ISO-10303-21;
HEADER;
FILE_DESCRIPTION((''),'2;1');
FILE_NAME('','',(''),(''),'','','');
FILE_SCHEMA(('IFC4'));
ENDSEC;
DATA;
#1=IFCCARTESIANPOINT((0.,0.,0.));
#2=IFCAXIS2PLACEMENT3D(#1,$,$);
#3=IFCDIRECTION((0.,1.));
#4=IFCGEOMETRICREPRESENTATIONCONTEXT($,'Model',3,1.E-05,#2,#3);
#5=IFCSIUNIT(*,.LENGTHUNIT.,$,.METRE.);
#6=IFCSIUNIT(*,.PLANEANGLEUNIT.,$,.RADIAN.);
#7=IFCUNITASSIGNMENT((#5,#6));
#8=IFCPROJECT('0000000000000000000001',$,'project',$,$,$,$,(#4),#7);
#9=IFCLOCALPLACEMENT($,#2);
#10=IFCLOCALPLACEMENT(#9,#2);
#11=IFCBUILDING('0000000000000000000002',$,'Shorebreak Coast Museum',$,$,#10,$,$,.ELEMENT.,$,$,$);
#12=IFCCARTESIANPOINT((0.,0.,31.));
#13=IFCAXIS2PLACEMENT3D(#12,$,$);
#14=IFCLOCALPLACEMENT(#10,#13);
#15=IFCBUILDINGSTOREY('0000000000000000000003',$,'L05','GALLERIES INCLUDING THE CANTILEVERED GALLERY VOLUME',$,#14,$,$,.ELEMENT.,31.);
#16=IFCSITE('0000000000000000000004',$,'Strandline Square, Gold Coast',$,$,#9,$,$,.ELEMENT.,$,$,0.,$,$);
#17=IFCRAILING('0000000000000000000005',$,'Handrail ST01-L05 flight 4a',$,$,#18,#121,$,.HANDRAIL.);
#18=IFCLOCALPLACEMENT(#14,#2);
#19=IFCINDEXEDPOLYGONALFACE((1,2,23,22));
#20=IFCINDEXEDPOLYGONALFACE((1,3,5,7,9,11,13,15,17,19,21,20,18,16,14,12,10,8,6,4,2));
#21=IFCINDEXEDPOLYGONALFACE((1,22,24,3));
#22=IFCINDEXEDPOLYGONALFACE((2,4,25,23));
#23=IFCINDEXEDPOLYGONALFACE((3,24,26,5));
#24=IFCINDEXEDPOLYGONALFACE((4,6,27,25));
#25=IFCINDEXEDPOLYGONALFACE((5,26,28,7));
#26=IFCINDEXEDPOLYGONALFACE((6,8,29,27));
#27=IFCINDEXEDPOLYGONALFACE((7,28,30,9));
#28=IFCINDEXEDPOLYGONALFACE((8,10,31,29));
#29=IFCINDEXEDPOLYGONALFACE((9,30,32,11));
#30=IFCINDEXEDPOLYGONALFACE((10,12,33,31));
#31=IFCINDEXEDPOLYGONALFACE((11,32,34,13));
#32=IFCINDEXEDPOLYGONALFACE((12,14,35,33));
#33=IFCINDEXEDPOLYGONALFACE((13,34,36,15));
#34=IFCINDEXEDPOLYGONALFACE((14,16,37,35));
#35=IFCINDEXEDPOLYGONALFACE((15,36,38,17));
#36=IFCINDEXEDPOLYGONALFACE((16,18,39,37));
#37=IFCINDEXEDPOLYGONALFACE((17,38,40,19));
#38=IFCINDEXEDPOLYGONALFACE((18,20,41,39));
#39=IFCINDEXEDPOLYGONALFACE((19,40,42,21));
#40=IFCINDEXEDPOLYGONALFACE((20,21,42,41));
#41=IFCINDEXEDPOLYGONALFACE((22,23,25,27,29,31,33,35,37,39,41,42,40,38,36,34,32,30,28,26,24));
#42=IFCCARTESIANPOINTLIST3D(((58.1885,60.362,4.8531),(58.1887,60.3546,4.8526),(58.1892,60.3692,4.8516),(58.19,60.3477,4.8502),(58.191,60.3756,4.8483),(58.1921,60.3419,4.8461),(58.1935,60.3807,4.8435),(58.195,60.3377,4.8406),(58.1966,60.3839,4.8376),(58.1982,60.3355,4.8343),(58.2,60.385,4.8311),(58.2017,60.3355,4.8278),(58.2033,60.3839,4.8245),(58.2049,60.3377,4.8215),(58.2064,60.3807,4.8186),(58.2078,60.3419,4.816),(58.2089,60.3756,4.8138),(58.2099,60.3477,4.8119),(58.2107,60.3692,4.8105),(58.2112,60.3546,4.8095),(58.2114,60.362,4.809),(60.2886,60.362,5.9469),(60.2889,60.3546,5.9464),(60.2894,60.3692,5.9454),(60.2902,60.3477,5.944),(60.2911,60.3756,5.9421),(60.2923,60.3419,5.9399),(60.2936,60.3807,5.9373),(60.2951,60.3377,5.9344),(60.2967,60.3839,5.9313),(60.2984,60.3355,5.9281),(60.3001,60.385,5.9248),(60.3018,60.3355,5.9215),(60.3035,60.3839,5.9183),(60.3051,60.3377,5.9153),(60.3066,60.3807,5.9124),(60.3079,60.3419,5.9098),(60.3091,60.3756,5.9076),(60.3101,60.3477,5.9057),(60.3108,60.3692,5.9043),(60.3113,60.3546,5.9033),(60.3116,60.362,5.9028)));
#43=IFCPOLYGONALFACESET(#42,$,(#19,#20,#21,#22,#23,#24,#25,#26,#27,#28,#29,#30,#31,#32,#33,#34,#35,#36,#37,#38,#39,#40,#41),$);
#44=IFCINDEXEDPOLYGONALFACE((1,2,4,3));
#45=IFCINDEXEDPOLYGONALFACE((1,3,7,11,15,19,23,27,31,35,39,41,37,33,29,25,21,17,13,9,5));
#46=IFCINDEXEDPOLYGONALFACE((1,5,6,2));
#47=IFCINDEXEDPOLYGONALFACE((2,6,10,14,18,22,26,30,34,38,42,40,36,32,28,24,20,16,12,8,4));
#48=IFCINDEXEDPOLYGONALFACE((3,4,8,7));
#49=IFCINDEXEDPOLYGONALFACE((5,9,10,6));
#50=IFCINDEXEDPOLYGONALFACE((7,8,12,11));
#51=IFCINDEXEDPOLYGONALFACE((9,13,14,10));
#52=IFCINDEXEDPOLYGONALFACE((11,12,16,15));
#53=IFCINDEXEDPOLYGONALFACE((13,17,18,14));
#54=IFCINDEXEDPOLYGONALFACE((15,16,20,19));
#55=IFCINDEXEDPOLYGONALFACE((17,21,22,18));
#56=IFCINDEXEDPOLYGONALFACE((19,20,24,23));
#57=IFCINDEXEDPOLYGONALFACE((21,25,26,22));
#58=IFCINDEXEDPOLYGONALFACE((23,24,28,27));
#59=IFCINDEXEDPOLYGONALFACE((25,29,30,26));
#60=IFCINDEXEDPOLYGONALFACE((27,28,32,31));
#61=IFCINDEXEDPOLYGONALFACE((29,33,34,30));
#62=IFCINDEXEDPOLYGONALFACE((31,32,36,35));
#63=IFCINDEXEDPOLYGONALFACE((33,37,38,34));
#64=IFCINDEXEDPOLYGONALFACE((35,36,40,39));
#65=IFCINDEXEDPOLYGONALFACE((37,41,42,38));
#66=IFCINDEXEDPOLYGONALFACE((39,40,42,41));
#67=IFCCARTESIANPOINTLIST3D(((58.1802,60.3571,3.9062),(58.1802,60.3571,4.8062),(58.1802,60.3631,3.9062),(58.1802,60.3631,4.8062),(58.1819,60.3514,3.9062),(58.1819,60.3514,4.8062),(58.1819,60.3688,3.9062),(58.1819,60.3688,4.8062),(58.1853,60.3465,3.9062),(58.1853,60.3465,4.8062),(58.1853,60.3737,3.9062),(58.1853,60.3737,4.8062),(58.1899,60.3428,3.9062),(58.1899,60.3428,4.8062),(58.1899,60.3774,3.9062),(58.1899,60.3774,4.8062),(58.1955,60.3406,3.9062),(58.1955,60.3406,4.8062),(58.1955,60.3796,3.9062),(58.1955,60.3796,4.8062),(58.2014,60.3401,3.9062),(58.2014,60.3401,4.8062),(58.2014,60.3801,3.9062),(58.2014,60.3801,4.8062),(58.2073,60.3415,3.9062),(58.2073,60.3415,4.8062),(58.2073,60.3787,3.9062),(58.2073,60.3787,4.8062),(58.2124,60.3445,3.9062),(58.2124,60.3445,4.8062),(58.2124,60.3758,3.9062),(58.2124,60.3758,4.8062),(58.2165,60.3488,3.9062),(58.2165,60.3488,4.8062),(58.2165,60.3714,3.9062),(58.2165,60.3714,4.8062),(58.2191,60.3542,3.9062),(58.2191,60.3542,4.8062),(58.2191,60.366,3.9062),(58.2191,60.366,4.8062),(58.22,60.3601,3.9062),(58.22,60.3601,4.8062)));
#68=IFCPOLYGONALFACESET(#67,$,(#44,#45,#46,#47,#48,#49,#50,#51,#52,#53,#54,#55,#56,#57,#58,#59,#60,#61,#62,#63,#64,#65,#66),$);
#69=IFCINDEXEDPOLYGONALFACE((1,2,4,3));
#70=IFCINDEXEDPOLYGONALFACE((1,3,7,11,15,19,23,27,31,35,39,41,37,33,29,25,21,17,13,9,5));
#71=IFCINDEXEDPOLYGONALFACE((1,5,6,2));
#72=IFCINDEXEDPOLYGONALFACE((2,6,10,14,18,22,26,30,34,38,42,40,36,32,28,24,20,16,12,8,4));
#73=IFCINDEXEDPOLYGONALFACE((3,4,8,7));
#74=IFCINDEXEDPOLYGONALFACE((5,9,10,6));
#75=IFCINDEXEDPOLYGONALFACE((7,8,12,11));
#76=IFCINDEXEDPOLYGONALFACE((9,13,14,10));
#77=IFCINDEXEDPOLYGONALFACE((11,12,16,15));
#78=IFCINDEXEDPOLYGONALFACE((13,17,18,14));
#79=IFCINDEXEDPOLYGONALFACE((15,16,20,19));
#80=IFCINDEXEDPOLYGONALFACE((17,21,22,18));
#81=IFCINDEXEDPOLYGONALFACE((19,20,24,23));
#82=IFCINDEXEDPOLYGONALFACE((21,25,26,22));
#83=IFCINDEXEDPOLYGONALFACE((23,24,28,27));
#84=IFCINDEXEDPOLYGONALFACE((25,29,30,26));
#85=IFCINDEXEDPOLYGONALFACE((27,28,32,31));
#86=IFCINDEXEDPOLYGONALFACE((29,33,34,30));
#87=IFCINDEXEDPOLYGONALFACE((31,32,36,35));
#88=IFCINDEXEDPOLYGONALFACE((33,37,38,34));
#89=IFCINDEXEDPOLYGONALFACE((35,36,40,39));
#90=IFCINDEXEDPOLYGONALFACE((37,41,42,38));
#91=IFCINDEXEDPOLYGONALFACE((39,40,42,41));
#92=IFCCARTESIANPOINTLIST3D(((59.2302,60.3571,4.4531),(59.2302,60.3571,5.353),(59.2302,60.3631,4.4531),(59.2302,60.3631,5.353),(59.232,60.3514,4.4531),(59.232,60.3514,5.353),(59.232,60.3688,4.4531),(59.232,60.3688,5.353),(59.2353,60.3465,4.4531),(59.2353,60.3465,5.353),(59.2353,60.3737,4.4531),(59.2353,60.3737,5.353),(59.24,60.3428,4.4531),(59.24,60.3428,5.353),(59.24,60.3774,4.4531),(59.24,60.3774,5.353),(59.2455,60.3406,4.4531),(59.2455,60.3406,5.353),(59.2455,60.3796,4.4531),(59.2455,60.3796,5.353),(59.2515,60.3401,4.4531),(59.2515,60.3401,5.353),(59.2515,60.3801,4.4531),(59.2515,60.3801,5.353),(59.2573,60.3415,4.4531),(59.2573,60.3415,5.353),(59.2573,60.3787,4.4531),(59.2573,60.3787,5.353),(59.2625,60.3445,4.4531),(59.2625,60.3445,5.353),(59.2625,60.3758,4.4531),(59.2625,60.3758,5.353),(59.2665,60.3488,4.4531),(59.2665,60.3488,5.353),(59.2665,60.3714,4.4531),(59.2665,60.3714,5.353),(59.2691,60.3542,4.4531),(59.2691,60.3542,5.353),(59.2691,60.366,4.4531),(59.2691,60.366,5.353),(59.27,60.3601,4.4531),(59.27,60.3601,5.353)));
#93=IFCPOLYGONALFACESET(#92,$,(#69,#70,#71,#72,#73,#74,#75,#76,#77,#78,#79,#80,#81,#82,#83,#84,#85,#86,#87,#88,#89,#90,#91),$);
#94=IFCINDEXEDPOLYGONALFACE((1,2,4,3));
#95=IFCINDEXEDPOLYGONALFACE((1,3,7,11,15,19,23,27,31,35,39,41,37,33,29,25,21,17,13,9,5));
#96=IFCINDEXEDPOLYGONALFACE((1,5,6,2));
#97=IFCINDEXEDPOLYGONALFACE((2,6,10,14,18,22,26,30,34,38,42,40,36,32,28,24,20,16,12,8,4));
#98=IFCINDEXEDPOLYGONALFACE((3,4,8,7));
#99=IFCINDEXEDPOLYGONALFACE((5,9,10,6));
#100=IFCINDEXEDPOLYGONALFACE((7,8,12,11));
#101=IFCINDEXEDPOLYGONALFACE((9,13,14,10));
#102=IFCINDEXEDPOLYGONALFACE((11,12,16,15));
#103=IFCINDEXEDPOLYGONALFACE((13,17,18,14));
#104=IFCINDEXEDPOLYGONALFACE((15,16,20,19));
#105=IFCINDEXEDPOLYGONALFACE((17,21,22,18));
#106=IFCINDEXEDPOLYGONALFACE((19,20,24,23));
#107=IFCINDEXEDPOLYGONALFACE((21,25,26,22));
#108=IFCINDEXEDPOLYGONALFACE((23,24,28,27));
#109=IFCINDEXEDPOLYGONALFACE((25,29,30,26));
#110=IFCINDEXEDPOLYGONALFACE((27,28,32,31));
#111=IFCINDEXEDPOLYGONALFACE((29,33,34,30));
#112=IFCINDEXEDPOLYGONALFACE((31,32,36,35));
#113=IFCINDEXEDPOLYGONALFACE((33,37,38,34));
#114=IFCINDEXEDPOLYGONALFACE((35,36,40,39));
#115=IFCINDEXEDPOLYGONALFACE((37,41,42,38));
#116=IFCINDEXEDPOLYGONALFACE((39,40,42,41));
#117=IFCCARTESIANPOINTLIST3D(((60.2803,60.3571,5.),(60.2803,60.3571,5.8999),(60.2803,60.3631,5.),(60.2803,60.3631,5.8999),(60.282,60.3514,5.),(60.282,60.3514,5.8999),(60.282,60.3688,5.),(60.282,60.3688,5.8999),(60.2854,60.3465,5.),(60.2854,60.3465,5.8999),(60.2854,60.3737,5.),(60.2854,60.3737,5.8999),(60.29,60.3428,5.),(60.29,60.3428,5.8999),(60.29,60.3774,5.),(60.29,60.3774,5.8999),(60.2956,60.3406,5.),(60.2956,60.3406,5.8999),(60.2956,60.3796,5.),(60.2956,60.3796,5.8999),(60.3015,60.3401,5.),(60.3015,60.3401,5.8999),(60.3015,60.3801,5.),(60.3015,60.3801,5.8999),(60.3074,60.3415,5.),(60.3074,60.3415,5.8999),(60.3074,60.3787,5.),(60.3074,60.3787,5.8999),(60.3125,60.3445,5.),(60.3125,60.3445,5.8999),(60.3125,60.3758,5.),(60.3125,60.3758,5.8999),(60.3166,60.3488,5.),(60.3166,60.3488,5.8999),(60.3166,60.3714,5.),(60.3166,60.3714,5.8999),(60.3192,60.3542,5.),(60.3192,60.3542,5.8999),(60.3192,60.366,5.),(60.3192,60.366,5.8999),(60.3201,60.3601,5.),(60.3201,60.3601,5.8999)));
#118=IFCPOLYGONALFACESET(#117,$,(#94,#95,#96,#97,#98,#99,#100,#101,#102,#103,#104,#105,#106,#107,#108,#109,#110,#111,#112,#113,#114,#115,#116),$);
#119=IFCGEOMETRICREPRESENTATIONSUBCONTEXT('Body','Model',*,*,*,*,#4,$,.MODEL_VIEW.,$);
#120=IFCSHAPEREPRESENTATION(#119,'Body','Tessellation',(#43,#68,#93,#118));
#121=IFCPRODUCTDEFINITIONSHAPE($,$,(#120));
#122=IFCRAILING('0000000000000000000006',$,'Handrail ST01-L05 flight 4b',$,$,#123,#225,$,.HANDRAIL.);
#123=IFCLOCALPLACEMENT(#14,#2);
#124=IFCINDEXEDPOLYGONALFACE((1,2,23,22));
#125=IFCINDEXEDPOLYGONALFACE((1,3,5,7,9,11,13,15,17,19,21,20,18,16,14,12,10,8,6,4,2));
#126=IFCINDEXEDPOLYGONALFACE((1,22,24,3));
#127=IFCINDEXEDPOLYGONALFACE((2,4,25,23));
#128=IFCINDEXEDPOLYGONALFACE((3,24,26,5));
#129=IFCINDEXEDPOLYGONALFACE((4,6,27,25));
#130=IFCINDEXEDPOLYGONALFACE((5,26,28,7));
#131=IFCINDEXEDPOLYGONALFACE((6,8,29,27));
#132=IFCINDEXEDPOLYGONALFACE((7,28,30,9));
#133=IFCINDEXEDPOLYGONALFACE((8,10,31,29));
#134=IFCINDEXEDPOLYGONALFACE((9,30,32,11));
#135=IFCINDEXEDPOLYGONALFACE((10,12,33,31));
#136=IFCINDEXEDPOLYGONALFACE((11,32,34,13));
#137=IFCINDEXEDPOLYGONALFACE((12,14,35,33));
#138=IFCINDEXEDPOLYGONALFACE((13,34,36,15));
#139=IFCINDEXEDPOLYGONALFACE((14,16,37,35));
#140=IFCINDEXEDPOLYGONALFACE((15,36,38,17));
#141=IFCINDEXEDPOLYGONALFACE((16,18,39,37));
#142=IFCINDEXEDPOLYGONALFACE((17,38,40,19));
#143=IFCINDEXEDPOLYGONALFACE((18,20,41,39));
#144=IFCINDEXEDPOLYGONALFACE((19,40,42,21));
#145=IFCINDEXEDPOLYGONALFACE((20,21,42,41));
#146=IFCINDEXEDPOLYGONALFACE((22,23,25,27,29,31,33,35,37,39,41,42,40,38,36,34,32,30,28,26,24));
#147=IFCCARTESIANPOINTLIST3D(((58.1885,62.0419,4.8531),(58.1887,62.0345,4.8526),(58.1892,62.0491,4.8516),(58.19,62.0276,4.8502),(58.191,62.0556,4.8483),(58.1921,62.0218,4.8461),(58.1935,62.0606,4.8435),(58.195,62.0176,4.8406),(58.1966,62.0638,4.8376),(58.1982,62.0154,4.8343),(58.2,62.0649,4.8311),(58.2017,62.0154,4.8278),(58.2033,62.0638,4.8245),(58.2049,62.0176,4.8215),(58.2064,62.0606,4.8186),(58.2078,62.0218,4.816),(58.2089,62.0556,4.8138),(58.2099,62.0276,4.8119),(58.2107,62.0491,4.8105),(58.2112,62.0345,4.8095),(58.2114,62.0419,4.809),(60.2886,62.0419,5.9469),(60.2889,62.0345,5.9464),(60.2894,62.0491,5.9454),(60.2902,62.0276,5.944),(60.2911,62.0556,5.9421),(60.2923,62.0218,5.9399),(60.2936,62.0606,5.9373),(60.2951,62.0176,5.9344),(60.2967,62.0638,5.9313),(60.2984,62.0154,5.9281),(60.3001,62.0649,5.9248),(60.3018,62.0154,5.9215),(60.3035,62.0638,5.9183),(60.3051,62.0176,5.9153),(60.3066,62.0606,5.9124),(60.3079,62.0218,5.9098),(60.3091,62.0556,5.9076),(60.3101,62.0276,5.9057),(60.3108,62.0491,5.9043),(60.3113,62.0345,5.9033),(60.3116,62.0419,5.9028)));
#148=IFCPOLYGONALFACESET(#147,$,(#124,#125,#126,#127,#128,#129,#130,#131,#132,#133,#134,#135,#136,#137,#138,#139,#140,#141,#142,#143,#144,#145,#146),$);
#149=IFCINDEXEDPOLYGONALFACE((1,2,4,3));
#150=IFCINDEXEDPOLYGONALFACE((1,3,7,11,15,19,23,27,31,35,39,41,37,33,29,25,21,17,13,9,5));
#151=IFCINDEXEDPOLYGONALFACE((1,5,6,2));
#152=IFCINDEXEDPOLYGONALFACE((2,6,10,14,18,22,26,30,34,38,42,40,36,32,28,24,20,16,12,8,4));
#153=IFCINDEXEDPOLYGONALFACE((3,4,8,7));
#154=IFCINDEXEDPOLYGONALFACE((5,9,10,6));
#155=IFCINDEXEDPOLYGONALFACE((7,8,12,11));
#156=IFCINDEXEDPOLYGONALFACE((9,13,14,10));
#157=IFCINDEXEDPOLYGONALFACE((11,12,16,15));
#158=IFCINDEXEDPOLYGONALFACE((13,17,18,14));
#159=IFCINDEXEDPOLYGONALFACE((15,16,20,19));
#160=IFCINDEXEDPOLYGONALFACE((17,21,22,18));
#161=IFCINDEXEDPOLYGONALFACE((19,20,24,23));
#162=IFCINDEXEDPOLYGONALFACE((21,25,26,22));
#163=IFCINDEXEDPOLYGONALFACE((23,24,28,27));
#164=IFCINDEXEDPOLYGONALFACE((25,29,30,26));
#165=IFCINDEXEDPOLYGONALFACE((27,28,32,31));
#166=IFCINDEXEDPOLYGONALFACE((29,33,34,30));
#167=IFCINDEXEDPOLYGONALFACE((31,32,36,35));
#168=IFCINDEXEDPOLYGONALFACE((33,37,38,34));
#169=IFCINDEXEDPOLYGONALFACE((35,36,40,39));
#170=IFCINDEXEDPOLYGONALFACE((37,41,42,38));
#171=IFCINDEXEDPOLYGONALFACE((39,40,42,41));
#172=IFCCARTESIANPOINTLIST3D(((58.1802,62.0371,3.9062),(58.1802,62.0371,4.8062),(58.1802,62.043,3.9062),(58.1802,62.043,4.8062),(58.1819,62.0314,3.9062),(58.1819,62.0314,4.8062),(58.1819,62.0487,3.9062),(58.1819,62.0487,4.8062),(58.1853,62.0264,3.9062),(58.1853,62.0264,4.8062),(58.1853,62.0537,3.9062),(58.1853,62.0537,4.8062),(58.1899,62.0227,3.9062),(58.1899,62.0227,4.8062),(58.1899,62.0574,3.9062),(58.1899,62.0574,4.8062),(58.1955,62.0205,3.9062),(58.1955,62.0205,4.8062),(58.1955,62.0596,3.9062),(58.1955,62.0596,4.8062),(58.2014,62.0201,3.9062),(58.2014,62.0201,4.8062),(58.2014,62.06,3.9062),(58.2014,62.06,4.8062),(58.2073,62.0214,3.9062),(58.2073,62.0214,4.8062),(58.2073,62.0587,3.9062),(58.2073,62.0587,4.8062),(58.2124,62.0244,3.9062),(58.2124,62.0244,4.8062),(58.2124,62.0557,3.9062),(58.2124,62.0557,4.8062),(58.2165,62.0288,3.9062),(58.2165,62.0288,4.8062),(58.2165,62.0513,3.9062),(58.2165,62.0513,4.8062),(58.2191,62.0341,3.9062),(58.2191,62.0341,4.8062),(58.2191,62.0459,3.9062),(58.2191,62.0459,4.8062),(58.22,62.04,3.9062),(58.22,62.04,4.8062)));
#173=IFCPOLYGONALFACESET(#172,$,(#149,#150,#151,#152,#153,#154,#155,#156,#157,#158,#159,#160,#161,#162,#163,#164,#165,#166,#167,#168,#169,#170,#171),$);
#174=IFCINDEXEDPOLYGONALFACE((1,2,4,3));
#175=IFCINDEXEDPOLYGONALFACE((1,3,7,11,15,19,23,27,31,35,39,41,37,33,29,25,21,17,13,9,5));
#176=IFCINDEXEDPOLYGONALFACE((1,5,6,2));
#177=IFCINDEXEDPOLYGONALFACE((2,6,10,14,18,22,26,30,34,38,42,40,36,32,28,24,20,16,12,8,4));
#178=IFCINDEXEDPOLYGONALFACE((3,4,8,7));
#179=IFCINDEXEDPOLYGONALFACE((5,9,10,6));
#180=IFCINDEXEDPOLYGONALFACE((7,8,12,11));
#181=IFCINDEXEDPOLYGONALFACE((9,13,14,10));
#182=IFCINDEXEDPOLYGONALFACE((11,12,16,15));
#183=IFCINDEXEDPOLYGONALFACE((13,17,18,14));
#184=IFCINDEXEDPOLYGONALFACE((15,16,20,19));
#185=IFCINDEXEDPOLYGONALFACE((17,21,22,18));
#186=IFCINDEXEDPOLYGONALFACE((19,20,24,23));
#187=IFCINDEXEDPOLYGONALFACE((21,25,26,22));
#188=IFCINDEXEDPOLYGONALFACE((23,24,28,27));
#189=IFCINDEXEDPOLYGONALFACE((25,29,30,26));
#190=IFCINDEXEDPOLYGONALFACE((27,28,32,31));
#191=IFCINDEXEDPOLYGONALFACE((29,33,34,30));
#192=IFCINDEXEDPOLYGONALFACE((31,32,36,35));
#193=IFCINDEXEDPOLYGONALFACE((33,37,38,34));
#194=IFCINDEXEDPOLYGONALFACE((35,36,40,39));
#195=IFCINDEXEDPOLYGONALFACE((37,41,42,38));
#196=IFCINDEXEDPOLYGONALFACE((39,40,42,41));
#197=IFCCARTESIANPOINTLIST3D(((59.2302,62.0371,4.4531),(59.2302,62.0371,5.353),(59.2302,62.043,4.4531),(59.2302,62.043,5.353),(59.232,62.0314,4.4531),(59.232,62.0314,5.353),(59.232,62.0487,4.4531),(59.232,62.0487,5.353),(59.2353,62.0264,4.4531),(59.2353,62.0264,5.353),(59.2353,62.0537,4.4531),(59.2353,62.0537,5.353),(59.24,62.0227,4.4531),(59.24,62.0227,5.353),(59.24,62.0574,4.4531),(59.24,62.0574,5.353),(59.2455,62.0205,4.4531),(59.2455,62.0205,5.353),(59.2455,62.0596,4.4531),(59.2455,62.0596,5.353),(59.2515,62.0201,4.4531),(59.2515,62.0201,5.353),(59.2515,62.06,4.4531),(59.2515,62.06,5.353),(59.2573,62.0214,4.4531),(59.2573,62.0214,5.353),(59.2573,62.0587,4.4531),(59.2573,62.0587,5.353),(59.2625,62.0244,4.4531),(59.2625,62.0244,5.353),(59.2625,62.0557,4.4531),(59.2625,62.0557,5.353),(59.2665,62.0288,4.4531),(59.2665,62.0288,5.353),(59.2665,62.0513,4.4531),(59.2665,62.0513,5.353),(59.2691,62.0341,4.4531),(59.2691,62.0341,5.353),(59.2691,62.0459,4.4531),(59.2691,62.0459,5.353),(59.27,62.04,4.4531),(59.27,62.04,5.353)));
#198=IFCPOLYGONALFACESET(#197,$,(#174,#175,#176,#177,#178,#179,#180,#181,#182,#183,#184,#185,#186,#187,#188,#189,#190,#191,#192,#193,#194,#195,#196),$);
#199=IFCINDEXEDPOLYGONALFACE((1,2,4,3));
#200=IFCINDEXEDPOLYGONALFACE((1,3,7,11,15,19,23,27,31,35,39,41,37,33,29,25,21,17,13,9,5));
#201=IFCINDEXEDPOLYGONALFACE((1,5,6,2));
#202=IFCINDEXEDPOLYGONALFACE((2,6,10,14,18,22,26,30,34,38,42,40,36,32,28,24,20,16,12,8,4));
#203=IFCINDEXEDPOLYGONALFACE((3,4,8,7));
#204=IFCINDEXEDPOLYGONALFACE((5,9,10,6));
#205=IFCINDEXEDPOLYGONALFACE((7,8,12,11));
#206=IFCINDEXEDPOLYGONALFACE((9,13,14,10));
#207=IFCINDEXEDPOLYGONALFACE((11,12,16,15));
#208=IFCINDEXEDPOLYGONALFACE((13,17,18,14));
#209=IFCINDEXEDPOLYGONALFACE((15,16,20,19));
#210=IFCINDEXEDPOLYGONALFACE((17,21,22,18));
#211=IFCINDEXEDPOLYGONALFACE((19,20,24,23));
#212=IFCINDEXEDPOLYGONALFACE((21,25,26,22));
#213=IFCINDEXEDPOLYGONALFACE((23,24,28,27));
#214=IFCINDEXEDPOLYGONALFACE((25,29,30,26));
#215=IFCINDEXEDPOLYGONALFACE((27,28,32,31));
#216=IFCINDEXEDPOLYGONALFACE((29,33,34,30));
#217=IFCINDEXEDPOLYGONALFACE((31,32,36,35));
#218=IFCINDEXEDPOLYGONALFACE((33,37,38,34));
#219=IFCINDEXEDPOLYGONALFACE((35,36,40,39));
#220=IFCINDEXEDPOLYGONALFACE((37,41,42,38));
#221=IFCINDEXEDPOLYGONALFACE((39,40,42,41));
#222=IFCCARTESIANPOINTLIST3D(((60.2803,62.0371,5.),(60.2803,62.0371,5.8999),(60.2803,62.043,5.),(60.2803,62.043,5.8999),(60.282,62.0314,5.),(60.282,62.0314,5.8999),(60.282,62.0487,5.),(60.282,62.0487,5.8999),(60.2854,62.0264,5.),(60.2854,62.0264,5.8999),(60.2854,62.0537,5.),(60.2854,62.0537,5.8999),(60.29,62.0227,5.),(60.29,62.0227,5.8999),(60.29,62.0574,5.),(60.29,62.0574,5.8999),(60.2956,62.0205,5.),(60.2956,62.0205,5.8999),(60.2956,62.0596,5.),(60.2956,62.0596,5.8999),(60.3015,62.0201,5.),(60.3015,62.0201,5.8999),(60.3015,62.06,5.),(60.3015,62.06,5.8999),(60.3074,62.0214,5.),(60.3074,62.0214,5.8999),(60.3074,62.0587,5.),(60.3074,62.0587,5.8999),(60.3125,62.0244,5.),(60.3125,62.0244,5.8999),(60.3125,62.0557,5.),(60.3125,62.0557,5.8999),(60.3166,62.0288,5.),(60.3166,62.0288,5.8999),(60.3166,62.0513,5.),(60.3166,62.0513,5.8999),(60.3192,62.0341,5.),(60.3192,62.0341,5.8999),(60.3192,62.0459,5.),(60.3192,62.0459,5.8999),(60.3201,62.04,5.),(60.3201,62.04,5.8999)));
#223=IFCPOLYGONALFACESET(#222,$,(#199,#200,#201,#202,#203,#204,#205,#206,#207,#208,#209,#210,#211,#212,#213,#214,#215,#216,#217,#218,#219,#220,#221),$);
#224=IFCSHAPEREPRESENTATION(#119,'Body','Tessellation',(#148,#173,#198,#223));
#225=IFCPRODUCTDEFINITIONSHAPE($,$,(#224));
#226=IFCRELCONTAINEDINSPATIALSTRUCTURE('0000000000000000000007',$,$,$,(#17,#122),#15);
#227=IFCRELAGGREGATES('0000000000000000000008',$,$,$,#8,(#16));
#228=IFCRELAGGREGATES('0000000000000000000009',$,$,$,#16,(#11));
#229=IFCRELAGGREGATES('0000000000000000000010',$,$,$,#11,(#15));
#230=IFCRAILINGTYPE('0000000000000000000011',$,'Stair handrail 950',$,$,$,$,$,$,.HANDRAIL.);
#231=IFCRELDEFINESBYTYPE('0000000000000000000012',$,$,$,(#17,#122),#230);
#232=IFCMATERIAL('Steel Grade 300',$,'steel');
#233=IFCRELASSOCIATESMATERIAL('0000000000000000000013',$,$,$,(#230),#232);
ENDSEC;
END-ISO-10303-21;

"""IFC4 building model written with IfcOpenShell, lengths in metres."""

from ifc_helpers import new_model, si_unit, direction, frame, origin, origin_2d, place, context, subcontext, project, spatial, circle, extrude, material, type_object, element, save


model = new_model("IFC4")

# Units and contexts
model_context = context("Model", 3, precision=1e-05, world=origin(), true_north=direction((0.0, 1.0)))
body_context = subcontext(model_context, "Body", "Model", "MODEL_VIEW")
ifc_project = project(units=[si_unit("LENGTHUNIT", "METRE"), si_unit("PLANEANGLEUNIT", "RADIAN")], contexts=[model_context])

# Site, building, storey
site_placement = place(None, origin())
site = spatial("IfcSite", under=ifc_project, at=site_placement, Name="Strandline Square, Gold Coast", CompositionType="ELEMENT", RefElevation=0.0)
building_placement = place(site_placement, origin())
building = spatial("IfcBuilding", under=site, at=building_placement, Name="Shorebreak Coast Museum", CompositionType="ELEMENT")
storey_placement = place(building_placement, frame((0.0, 0.0, 31.0)))
storey = spatial("IfcBuildingStorey", under=building, at=storey_placement, Name="L05", Description="GALLERIES INCLUDING THE CANTILEVERED GALLERY VOLUME", CompositionType="ELEMENT", Elevation=31.0)

# Railings
ifc_material_1 = material(Name="Steel Grade 300", Category="steel")
railing_type_1 = type_object("IfcRailingType", Name="Stair handrail 950", PredefinedType="HANDRAIL", material=ifc_material_1)
for number, where, name in (
    (1, (58.2, 60.3601, 3.9062), "Handrail ST01-L05 flight 4a"),
    (2, (58.2, 62.04, 3.9062), "Handrail ST01-L05 flight 4b"),
):
    element("IfcRailing", number, at=place(storey_placement, frame(where)), inside=storey, type_object=railing_type_1, Name=name, PredefinedType="HANDRAIL", context=body_context, shape_type="SweptSolid", body=[
        extrude(circle(Radius=0.0249, at=origin_2d()), frame((0.0, 0.0, 0.9248), z_axis=(0.886923, 0.0, 0.461918), x_axis=(0.0, 1.0, 0.0)), (0.0, 0.0, 1.0), 2.3679),
        extrude(circle(Radius=0.02, at=origin_2d()), origin(), (0.0, 0.0, 1.0), 0.8999),
        extrude(circle(Radius=0.02, at=origin_2d()), frame((1.05, 0.0, 0.5469)), (0.0, 0.0, 1.0), 0.8999),
        extrude(circle(Radius=0.02, at=origin_2d()), frame((2.1001, 0.0, 1.0938)), (0.0, 0.0, 1.0), 0.8999),
    ])

save(model, "model.ifc")
